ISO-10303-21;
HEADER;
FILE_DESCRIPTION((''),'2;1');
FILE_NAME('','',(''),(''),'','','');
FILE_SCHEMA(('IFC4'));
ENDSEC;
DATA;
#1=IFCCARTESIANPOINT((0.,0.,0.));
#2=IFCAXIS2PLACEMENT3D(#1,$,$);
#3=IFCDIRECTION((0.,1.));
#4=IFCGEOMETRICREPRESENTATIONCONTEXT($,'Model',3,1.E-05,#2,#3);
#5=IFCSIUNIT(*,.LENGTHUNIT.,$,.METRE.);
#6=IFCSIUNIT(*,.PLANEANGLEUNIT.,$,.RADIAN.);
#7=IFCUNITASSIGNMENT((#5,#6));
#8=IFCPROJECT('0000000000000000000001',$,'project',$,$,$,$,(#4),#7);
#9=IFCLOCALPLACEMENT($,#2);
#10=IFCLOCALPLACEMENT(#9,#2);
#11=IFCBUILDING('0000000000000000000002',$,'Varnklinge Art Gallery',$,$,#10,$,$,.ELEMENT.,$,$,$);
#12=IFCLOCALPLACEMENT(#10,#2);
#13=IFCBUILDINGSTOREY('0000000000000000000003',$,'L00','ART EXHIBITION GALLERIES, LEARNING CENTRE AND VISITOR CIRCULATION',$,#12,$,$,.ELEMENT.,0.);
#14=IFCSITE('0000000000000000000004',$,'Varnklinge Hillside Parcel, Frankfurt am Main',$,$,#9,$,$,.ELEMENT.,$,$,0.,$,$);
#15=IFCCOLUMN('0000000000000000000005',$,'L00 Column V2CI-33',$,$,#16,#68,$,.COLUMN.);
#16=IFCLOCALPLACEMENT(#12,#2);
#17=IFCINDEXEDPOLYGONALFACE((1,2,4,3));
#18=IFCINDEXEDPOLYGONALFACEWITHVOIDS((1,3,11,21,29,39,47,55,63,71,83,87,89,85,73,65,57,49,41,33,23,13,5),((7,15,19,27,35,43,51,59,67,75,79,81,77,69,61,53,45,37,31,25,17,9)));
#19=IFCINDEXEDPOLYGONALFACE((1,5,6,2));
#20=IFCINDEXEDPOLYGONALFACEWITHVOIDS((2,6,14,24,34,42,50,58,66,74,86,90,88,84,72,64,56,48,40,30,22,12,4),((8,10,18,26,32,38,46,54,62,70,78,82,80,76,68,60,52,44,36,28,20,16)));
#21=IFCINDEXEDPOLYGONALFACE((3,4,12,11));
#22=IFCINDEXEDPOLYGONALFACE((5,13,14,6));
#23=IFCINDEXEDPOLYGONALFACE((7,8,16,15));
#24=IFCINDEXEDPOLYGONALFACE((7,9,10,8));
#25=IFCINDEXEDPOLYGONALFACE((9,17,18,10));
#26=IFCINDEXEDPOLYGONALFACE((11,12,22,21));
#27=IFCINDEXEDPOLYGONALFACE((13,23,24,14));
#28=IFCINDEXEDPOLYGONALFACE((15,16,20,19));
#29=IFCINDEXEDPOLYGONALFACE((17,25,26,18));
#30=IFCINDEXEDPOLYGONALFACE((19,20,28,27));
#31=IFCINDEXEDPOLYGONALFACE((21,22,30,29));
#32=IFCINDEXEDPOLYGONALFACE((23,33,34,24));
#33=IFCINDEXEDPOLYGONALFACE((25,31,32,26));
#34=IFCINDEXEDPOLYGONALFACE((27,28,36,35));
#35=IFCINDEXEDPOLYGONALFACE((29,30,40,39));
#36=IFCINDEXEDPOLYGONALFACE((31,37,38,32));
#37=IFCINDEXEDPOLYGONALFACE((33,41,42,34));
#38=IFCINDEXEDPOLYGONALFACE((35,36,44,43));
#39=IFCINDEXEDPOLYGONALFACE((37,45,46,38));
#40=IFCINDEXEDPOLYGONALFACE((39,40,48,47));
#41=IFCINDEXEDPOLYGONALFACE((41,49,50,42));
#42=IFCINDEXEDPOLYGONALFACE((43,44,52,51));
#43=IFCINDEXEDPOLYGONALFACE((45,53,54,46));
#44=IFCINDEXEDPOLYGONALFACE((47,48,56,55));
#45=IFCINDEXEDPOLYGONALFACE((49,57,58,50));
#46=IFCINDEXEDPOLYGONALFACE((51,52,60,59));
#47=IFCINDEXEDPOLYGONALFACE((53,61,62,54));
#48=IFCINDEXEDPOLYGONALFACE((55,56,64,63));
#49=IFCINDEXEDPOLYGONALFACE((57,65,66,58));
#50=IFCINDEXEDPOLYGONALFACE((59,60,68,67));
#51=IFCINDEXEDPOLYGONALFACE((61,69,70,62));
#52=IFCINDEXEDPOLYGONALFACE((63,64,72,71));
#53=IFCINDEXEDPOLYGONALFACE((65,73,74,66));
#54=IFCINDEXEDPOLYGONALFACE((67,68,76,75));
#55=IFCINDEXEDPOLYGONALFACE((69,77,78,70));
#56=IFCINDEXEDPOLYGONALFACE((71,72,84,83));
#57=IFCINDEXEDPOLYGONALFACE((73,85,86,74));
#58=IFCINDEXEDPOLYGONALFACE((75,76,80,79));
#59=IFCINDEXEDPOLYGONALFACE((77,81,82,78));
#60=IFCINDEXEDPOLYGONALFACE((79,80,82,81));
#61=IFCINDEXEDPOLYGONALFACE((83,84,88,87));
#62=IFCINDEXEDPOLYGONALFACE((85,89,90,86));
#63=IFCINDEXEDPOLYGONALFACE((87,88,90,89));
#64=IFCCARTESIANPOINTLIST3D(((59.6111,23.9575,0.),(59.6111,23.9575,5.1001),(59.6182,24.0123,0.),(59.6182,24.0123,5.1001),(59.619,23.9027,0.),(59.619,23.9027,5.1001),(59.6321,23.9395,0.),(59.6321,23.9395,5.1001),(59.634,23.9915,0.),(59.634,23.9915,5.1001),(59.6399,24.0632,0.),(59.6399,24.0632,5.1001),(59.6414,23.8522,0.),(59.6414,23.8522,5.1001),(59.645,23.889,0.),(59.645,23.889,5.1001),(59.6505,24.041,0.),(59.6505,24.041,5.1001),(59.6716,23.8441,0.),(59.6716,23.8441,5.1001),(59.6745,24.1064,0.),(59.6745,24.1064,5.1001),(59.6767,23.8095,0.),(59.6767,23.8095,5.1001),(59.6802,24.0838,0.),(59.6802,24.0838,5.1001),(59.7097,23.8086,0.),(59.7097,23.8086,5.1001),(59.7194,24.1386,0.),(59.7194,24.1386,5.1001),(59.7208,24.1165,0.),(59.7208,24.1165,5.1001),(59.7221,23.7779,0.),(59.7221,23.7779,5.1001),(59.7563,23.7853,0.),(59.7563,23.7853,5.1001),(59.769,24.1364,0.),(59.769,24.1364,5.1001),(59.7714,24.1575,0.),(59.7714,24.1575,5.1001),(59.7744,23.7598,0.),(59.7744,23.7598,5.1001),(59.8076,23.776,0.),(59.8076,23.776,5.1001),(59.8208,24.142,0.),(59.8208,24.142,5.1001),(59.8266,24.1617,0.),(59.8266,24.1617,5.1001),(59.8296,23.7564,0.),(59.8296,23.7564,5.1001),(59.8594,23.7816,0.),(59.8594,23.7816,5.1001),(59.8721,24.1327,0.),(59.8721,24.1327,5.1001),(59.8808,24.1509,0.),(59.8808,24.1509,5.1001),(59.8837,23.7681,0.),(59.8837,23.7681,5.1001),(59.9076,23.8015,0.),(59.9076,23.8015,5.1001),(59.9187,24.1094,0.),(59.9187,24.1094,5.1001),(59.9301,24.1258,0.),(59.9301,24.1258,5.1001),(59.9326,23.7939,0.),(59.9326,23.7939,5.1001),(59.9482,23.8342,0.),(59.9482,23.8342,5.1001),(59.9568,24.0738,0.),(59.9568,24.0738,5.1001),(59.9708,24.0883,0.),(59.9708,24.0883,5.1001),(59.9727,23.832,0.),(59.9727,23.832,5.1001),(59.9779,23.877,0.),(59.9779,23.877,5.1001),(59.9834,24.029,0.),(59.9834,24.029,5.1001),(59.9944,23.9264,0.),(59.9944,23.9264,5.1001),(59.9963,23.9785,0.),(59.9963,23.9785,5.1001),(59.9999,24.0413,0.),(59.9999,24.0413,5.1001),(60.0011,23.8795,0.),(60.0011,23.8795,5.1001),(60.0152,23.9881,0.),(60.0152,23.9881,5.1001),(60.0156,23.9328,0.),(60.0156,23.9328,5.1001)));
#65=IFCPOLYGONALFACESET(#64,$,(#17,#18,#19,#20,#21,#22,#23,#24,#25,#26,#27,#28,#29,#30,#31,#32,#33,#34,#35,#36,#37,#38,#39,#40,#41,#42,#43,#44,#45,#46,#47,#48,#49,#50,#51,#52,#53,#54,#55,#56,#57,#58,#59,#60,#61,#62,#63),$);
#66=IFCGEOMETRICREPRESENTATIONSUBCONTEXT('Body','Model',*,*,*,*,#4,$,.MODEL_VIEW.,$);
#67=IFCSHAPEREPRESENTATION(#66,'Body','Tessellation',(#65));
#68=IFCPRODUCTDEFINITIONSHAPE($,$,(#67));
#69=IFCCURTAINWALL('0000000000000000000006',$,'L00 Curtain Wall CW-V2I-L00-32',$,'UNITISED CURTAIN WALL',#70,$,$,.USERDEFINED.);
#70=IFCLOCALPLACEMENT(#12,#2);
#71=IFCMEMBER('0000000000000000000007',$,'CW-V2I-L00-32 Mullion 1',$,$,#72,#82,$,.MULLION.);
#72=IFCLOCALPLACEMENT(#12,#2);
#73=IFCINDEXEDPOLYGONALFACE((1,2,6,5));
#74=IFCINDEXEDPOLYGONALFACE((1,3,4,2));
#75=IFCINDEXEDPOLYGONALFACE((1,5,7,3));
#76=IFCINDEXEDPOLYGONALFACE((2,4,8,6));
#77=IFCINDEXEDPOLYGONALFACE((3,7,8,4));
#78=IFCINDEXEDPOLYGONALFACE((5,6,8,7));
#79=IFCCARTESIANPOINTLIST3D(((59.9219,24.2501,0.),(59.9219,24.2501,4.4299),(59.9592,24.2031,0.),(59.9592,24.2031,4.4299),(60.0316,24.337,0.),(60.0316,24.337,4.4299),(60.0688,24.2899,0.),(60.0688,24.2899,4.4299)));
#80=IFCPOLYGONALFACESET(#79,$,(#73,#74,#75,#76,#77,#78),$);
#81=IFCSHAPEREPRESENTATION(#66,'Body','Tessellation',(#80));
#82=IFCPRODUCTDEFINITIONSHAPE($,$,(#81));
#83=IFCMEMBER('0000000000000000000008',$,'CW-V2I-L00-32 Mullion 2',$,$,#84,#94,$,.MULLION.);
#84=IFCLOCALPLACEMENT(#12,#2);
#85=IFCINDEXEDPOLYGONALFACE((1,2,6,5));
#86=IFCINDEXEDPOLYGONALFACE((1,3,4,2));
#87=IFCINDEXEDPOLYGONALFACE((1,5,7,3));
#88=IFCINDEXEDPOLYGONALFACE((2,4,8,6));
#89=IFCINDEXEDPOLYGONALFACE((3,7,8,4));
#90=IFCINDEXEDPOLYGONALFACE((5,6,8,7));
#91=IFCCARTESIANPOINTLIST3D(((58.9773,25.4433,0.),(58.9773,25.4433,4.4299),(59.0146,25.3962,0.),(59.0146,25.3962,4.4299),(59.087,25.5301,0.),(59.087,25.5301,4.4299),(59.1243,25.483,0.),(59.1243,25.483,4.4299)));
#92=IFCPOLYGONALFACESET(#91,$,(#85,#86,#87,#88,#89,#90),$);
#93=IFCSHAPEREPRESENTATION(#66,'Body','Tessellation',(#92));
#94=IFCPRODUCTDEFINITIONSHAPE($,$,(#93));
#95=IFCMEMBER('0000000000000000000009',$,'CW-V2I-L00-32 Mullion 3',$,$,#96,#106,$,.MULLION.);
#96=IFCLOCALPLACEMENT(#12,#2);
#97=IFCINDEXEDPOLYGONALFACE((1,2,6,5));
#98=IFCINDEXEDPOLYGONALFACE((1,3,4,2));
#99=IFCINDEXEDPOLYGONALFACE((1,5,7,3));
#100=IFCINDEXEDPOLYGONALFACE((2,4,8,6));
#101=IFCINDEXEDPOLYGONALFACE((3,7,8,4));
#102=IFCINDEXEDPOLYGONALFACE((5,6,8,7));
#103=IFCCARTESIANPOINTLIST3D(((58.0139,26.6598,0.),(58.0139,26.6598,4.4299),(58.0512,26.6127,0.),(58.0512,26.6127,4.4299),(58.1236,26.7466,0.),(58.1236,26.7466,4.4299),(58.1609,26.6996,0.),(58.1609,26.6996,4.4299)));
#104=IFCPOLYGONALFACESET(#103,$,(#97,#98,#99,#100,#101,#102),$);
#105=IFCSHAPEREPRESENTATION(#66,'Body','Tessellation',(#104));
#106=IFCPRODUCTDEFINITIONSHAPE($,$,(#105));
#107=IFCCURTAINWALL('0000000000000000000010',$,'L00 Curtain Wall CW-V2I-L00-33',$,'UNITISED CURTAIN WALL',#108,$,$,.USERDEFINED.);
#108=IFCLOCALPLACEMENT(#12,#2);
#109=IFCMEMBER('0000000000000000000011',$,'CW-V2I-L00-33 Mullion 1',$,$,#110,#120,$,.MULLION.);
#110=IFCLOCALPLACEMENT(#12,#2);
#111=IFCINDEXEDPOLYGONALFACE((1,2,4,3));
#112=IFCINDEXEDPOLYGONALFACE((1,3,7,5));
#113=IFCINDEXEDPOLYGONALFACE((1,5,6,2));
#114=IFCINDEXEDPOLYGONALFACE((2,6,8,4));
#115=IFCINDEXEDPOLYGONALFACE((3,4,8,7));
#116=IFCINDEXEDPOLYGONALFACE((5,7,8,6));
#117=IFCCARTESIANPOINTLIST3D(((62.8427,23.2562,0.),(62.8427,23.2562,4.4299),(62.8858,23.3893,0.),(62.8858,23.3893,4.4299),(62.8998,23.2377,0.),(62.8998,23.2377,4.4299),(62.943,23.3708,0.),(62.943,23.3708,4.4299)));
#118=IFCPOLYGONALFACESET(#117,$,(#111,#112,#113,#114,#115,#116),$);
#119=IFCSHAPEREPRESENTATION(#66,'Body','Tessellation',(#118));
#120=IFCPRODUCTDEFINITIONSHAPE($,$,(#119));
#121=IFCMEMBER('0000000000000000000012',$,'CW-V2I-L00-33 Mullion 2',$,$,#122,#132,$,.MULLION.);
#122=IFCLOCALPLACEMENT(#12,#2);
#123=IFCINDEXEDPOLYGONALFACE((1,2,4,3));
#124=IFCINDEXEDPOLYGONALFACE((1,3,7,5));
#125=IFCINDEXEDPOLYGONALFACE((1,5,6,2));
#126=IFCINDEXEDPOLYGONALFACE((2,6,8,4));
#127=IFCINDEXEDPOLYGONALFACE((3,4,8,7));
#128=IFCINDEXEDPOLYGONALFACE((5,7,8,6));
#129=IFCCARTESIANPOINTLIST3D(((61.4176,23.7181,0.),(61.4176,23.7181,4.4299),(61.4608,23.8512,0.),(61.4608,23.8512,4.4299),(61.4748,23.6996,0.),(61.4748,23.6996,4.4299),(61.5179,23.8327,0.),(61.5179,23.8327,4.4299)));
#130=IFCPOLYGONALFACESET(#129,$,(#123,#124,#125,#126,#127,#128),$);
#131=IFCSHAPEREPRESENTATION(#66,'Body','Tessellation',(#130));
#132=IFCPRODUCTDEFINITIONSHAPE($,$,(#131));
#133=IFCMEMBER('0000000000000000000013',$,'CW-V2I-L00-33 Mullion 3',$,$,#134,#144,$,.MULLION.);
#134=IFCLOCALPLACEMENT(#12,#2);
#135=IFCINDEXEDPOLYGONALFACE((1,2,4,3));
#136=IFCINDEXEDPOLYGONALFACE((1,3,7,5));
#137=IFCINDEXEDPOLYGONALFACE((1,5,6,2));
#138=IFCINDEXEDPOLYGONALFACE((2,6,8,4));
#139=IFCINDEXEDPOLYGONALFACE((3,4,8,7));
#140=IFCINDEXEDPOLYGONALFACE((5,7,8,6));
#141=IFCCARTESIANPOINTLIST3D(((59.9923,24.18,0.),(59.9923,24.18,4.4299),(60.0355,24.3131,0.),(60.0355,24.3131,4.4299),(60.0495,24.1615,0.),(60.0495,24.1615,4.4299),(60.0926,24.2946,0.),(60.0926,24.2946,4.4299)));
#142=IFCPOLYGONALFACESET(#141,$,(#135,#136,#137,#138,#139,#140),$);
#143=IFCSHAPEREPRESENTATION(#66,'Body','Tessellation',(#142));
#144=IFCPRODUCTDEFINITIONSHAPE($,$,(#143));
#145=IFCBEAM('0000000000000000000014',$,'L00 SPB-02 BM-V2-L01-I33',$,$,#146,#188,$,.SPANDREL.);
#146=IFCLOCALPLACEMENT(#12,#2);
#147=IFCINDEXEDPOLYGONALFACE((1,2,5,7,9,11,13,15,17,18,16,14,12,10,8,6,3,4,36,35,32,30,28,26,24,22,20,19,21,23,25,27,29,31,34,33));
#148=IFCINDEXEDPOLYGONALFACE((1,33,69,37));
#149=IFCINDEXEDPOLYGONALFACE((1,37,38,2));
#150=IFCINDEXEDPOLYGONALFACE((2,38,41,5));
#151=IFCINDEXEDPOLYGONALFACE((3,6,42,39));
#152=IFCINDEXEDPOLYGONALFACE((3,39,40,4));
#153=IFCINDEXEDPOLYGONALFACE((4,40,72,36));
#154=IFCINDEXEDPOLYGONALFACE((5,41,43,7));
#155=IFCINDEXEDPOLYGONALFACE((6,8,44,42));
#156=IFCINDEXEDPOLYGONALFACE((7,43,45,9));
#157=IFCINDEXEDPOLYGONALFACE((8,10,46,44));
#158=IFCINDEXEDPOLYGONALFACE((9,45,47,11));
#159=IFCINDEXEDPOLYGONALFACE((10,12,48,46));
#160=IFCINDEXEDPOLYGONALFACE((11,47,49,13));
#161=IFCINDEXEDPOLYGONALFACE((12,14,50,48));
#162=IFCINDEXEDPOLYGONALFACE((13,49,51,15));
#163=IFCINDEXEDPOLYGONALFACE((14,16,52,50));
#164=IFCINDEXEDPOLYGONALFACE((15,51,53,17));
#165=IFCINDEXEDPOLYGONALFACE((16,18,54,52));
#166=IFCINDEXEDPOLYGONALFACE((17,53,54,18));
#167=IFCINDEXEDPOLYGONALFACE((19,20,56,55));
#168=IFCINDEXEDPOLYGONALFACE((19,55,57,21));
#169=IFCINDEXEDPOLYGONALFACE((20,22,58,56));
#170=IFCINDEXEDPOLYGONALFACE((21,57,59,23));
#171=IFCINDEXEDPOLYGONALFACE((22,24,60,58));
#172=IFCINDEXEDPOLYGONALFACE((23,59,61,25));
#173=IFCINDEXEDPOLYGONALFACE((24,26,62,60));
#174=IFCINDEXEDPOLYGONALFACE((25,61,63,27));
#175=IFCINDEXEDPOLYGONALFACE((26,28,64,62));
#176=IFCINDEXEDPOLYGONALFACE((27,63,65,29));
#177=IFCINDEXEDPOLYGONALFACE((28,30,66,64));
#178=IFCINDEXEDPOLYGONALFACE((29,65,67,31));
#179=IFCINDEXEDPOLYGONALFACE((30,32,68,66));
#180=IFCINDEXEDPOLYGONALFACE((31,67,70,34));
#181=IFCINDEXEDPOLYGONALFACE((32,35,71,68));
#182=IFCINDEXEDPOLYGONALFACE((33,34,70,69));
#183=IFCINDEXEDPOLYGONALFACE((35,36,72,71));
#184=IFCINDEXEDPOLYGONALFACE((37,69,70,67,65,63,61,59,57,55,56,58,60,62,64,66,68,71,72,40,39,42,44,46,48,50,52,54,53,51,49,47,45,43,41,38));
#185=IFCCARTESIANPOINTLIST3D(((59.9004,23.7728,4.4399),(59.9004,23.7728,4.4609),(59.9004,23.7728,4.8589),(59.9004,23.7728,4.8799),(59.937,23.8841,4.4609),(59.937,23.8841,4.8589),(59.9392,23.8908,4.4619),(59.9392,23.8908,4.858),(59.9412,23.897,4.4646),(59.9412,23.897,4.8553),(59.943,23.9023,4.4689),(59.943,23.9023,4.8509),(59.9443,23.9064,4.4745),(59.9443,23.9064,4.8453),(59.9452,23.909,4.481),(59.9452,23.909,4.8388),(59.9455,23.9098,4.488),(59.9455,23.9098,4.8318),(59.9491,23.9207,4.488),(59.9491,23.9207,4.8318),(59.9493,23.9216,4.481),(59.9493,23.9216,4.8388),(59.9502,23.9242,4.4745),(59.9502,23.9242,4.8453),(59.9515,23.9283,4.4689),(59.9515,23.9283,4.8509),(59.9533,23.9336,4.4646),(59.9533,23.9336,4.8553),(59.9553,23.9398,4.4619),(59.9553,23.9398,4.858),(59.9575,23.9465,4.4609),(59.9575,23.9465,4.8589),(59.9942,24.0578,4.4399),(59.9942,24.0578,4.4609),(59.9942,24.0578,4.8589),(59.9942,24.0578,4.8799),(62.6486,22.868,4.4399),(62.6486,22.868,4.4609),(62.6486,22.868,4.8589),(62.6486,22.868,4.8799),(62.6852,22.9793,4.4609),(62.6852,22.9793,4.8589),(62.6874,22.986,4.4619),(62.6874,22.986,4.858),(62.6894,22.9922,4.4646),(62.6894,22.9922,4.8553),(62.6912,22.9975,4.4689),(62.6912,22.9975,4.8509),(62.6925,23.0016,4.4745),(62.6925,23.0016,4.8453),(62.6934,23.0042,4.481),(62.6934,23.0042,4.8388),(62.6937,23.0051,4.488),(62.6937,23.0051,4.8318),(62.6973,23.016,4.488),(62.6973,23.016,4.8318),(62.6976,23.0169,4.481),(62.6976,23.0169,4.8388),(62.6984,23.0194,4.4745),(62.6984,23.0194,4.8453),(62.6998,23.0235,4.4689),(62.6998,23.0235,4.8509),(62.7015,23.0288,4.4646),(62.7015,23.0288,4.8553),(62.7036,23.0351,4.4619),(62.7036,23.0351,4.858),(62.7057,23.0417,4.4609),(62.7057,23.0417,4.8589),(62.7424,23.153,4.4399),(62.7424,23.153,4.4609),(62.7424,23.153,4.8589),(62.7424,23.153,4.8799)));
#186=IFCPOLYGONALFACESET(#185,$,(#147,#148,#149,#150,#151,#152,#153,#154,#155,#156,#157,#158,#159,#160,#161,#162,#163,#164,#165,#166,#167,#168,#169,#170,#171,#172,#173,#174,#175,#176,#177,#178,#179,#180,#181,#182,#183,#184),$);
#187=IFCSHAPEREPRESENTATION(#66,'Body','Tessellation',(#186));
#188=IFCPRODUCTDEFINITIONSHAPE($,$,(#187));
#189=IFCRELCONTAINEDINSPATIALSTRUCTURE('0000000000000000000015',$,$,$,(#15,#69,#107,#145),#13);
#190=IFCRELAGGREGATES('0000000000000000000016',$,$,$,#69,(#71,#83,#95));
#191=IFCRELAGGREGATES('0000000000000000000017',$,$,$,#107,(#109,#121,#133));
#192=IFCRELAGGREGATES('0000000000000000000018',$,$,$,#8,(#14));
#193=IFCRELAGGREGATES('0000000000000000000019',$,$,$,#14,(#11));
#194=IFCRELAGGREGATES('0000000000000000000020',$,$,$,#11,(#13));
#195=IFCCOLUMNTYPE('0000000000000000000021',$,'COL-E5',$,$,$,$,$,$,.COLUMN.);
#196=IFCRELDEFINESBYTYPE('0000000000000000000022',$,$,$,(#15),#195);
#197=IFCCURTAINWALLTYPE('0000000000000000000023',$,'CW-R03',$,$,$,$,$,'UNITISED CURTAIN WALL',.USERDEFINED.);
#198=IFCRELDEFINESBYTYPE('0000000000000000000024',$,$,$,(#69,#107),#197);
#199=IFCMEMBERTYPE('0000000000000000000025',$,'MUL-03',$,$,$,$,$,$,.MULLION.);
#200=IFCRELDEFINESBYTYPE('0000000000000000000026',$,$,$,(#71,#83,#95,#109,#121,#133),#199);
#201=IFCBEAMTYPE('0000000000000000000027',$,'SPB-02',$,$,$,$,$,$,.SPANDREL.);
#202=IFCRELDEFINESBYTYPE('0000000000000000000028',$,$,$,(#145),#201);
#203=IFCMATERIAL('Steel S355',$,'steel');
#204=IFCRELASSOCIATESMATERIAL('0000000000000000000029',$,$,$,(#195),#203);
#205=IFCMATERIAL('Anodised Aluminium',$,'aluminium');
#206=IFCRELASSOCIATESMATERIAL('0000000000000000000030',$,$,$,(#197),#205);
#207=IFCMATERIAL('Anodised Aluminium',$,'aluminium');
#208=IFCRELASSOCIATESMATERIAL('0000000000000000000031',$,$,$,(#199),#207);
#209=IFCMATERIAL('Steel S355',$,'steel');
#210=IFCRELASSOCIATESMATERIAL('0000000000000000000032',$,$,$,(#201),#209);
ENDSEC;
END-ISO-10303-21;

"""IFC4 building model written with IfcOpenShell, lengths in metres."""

from ifc_helpers import new_model, si_unit, direction, frame, origin, origin_2d, place, context, subcontext, project, spatial, rectangle, hollow_circle, i_section, extrude, material, material_profile, profile_set, type_object, element, aggregate, save


model = new_model("IFC4")

# Units and contexts
model_context = context("Model", 3, precision=1e-05, world=origin(), true_north=direction((0.0, 1.0)))
body_context = subcontext(model_context, "Body", "Model", "MODEL_VIEW")
ifc_project = project(units=[si_unit("LENGTHUNIT", "METRE"), si_unit("PLANEANGLEUNIT", "RADIAN")], contexts=[model_context])

# Site, building, storey
site_placement = place(None, origin())
site = spatial("IfcSite", under=ifc_project, at=site_placement, Name="Varnklinge Hillside Parcel, Frankfurt am Main", CompositionType="ELEMENT", RefElevation=0.0)
building_placement = place(site_placement, origin())
building = spatial("IfcBuilding", under=site, at=building_placement, Name="Varnklinge Art Gallery", CompositionType="ELEMENT")
storey_placement = place(building_placement, origin())
storey = spatial("IfcBuildingStorey", under=building, at=storey_placement, Name="L00", Description="ART EXHIBITION GALLERIES, LEARNING CENTRE AND VISITOR CIRCULATION", CompositionType="ELEMENT", Elevation=0.0)

# Column
ifc_material_1 = material(Name="Steel S355", Category="steel")
ifc_material_profile_1 = material_profile(ifc_material_1, hollow_circle(Radius=0.2031, WallThickness=0.02, at=origin_2d()), Name="CHS 406.4x20")
ifc_profile_set_1 = profile_set([ifc_material_profile_1], Name="Steel S355")
column_type = type_object("IfcColumnType", Name="COL-E5", PredefinedType="COLUMN", material=ifc_profile_set_1)
column_placement = place(storey_placement, frame((59.8142, 23.959, 0.0), z_axis=(0.0, 0.0, 1.0), x_axis=(0.57057, 0.821249, 0.0)))
element("IfcColumn", 1, at=column_placement, inside=storey, type_object=column_type, Name="L00 Column V2CI-33", PredefinedType="COLUMN", context=body_context, shape_type="SweptSolid", body=[
    extrude(hollow_circle(Radius=0.2031, WallThickness=0.02, at=origin_2d()), origin(), (0.0, 0.0, 1.0), 5.1001),
])

# Curtain walls, members
ifc_material_2 = material(Name="Anodised Aluminium", Category="aluminium")
curtain_wall_type = type_object("IfcCurtainWallType", Name="CW-R03", ElementType="UNITISED CURTAIN WALL", PredefinedType="USERDEFINED", material=ifc_material_2)
curtain_wall_1_placement = place(storey_placement, origin())
curtain_wall_1 = element("IfcCurtainWall", 2, at=curtain_wall_1_placement, inside=storey, type_object=curtain_wall_type, Name="L00 Curtain Wall CW-V2I-L00-32", ObjectType="UNITISED CURTAIN WALL", PredefinedType="USERDEFINED")
ifc_material_3 = material(Name="Anodised Aluminium", Category="aluminium")
ifc_material_profile_2 = material_profile(ifc_material_3, rectangle(XDim=0.0601, YDim=0.1399, at=origin_2d()), Name="ALU 60x140")
ifc_profile_set_2 = profile_set([ifc_material_profile_2], Name="Anodised Aluminium")
member_type_1 = type_object("IfcMemberType", Name="MUL-03", PredefinedType="MULLION", material=ifc_profile_set_2)
member_1_placement = place(storey_placement, frame((59.9954, 24.27, 0.0), z_axis=(0.0, 0.0, 1.0), x_axis=(-0.620737, 0.784019, 0.0)))
member_1 = element("IfcMember", 3, at=member_1_placement, type_object=member_type_1, Name="CW-V2I-L00-32 Mullion 1", PredefinedType="MULLION", context=body_context, shape_type="SweptSolid", body=[
    extrude(rectangle(XDim=0.0601, YDim=0.1399, at=origin_2d()), origin(), (0.0, 0.0, 1.0), 4.4299),
])
member_2_placement = place(storey_placement, frame((59.0508, 25.4631, 0.0), z_axis=(0.0, 0.0, 1.0), x_axis=(-0.620737, 0.784019, 0.0)))
member_2 = element("IfcMember", 4, at=member_2_placement, type_object=member_type_1, Name="CW-V2I-L00-32 Mullion 2", PredefinedType="MULLION", context=body_context, shape_type="SweptSolid", body=[
    extrude(rectangle(XDim=0.0601, YDim=0.1399, at=origin_2d()), origin(), (0.0, 0.0, 1.0), 4.4299),
])
member_3_placement = place(storey_placement, frame((58.0874, 26.6797, 0.0), z_axis=(0.0, 0.0, 1.0), x_axis=(-0.620737, 0.784019, 0.0)))
member_3 = element("IfcMember", 5, at=member_3_placement, type_object=member_type_1, Name="CW-V2I-L00-32 Mullion 3", PredefinedType="MULLION", context=body_context, shape_type="SweptSolid", body=[
    extrude(rectangle(XDim=0.0601, YDim=0.1399, at=origin_2d()), origin(), (0.0, 0.0, 1.0), 4.4299),
])
curtain_wall_2_placement = place(storey_placement, origin())
curtain_wall_2 = element("IfcCurtainWall", 6, at=curtain_wall_2_placement, inside=storey, type_object=curtain_wall_type, Name="L00 Curtain Wall CW-V2I-L00-33", ObjectType="UNITISED CURTAIN WALL", PredefinedType="USERDEFINED")
member_4_placement = place(storey_placement, frame((62.8928, 23.3135, 0.0), z_axis=(0.0, 0.0, 1.0), x_axis=(-0.951272, 0.308353, 0.0)))
member_4 = element("IfcMember", 7, at=member_4_placement, type_object=member_type_1, Name="CW-V2I-L00-33 Mullion 1", PredefinedType="MULLION", context=body_context, shape_type="SweptSolid", body=[
    extrude(rectangle(XDim=0.0601, YDim=0.1399, at=origin_2d()), origin(), (0.0, 0.0, 1.0), 4.4299),
])
member_5_placement = place(storey_placement, frame((61.4678, 23.7754, 0.0), z_axis=(0.0, 0.0, 1.0), x_axis=(-0.951272, 0.308353, 0.0)))
member_5 = element("IfcMember", 8, at=member_5_placement, type_object=member_type_1, Name="CW-V2I-L00-33 Mullion 2", PredefinedType="MULLION", context=body_context, shape_type="SweptSolid", body=[
    extrude(rectangle(XDim=0.0601, YDim=0.1399, at=origin_2d()), origin(), (0.0, 0.0, 1.0), 4.4299),
])
member_6_placement = place(storey_placement, frame((60.0425, 24.2373, 0.0), z_axis=(0.0, 0.0, 1.0), x_axis=(-0.951272, 0.308353, 0.0)))
member_6 = element("IfcMember", 9, at=member_6_placement, type_object=member_type_1, Name="CW-V2I-L00-33 Mullion 3", PredefinedType="MULLION", context=body_context, shape_type="SweptSolid", body=[
    extrude(rectangle(XDim=0.0601, YDim=0.1399, at=origin_2d()), origin(), (0.0, 0.0, 1.0), 4.4299),
])

# Beam
ifc_material_4 = material(Name="Steel S355", Category="steel")
ifc_material_profile_3 = material_profile(ifc_material_4, i_section(OverallWidth=0.3, OverallDepth=0.4399, WebThickness=0.0115, FlangeThickness=0.021, FilletRadius=0.0271, at=origin_2d()), Name="HEA 450")
ifc_profile_set_3 = profile_set([ifc_material_profile_3], Name="Steel S355")
beam_type = type_object("IfcBeamType", Name="SPB-02", PredefinedType="SPANDREL", material=ifc_profile_set_3)
beam_placement = place(storey_placement, frame((59.9473, 23.9153, 4.6599), z_axis=(0.94985, -0.312707, 0.0), x_axis=(0.312707, 0.94985, 0.0)))
element("IfcBeam", 10, at=beam_placement, inside=storey, type_object=beam_type, Name="L00 SPB-02 BM-V2-L01-I33", PredefinedType="SPANDREL", context=body_context, shape_type="SweptSolid", body=[
    extrude(i_section(OverallWidth=0.3, OverallDepth=0.4399, WebThickness=0.0115, FlangeThickness=0.021, FilletRadius=0.0271, at=origin_2d()), origin(), (0.0, 0.0, 1.0), 2.8933),
])

aggregate(curtain_wall_1, [member_1, member_2, member_3])
aggregate(curtain_wall_2, [member_4, member_5, member_6])

save(model, "model.ifc")
